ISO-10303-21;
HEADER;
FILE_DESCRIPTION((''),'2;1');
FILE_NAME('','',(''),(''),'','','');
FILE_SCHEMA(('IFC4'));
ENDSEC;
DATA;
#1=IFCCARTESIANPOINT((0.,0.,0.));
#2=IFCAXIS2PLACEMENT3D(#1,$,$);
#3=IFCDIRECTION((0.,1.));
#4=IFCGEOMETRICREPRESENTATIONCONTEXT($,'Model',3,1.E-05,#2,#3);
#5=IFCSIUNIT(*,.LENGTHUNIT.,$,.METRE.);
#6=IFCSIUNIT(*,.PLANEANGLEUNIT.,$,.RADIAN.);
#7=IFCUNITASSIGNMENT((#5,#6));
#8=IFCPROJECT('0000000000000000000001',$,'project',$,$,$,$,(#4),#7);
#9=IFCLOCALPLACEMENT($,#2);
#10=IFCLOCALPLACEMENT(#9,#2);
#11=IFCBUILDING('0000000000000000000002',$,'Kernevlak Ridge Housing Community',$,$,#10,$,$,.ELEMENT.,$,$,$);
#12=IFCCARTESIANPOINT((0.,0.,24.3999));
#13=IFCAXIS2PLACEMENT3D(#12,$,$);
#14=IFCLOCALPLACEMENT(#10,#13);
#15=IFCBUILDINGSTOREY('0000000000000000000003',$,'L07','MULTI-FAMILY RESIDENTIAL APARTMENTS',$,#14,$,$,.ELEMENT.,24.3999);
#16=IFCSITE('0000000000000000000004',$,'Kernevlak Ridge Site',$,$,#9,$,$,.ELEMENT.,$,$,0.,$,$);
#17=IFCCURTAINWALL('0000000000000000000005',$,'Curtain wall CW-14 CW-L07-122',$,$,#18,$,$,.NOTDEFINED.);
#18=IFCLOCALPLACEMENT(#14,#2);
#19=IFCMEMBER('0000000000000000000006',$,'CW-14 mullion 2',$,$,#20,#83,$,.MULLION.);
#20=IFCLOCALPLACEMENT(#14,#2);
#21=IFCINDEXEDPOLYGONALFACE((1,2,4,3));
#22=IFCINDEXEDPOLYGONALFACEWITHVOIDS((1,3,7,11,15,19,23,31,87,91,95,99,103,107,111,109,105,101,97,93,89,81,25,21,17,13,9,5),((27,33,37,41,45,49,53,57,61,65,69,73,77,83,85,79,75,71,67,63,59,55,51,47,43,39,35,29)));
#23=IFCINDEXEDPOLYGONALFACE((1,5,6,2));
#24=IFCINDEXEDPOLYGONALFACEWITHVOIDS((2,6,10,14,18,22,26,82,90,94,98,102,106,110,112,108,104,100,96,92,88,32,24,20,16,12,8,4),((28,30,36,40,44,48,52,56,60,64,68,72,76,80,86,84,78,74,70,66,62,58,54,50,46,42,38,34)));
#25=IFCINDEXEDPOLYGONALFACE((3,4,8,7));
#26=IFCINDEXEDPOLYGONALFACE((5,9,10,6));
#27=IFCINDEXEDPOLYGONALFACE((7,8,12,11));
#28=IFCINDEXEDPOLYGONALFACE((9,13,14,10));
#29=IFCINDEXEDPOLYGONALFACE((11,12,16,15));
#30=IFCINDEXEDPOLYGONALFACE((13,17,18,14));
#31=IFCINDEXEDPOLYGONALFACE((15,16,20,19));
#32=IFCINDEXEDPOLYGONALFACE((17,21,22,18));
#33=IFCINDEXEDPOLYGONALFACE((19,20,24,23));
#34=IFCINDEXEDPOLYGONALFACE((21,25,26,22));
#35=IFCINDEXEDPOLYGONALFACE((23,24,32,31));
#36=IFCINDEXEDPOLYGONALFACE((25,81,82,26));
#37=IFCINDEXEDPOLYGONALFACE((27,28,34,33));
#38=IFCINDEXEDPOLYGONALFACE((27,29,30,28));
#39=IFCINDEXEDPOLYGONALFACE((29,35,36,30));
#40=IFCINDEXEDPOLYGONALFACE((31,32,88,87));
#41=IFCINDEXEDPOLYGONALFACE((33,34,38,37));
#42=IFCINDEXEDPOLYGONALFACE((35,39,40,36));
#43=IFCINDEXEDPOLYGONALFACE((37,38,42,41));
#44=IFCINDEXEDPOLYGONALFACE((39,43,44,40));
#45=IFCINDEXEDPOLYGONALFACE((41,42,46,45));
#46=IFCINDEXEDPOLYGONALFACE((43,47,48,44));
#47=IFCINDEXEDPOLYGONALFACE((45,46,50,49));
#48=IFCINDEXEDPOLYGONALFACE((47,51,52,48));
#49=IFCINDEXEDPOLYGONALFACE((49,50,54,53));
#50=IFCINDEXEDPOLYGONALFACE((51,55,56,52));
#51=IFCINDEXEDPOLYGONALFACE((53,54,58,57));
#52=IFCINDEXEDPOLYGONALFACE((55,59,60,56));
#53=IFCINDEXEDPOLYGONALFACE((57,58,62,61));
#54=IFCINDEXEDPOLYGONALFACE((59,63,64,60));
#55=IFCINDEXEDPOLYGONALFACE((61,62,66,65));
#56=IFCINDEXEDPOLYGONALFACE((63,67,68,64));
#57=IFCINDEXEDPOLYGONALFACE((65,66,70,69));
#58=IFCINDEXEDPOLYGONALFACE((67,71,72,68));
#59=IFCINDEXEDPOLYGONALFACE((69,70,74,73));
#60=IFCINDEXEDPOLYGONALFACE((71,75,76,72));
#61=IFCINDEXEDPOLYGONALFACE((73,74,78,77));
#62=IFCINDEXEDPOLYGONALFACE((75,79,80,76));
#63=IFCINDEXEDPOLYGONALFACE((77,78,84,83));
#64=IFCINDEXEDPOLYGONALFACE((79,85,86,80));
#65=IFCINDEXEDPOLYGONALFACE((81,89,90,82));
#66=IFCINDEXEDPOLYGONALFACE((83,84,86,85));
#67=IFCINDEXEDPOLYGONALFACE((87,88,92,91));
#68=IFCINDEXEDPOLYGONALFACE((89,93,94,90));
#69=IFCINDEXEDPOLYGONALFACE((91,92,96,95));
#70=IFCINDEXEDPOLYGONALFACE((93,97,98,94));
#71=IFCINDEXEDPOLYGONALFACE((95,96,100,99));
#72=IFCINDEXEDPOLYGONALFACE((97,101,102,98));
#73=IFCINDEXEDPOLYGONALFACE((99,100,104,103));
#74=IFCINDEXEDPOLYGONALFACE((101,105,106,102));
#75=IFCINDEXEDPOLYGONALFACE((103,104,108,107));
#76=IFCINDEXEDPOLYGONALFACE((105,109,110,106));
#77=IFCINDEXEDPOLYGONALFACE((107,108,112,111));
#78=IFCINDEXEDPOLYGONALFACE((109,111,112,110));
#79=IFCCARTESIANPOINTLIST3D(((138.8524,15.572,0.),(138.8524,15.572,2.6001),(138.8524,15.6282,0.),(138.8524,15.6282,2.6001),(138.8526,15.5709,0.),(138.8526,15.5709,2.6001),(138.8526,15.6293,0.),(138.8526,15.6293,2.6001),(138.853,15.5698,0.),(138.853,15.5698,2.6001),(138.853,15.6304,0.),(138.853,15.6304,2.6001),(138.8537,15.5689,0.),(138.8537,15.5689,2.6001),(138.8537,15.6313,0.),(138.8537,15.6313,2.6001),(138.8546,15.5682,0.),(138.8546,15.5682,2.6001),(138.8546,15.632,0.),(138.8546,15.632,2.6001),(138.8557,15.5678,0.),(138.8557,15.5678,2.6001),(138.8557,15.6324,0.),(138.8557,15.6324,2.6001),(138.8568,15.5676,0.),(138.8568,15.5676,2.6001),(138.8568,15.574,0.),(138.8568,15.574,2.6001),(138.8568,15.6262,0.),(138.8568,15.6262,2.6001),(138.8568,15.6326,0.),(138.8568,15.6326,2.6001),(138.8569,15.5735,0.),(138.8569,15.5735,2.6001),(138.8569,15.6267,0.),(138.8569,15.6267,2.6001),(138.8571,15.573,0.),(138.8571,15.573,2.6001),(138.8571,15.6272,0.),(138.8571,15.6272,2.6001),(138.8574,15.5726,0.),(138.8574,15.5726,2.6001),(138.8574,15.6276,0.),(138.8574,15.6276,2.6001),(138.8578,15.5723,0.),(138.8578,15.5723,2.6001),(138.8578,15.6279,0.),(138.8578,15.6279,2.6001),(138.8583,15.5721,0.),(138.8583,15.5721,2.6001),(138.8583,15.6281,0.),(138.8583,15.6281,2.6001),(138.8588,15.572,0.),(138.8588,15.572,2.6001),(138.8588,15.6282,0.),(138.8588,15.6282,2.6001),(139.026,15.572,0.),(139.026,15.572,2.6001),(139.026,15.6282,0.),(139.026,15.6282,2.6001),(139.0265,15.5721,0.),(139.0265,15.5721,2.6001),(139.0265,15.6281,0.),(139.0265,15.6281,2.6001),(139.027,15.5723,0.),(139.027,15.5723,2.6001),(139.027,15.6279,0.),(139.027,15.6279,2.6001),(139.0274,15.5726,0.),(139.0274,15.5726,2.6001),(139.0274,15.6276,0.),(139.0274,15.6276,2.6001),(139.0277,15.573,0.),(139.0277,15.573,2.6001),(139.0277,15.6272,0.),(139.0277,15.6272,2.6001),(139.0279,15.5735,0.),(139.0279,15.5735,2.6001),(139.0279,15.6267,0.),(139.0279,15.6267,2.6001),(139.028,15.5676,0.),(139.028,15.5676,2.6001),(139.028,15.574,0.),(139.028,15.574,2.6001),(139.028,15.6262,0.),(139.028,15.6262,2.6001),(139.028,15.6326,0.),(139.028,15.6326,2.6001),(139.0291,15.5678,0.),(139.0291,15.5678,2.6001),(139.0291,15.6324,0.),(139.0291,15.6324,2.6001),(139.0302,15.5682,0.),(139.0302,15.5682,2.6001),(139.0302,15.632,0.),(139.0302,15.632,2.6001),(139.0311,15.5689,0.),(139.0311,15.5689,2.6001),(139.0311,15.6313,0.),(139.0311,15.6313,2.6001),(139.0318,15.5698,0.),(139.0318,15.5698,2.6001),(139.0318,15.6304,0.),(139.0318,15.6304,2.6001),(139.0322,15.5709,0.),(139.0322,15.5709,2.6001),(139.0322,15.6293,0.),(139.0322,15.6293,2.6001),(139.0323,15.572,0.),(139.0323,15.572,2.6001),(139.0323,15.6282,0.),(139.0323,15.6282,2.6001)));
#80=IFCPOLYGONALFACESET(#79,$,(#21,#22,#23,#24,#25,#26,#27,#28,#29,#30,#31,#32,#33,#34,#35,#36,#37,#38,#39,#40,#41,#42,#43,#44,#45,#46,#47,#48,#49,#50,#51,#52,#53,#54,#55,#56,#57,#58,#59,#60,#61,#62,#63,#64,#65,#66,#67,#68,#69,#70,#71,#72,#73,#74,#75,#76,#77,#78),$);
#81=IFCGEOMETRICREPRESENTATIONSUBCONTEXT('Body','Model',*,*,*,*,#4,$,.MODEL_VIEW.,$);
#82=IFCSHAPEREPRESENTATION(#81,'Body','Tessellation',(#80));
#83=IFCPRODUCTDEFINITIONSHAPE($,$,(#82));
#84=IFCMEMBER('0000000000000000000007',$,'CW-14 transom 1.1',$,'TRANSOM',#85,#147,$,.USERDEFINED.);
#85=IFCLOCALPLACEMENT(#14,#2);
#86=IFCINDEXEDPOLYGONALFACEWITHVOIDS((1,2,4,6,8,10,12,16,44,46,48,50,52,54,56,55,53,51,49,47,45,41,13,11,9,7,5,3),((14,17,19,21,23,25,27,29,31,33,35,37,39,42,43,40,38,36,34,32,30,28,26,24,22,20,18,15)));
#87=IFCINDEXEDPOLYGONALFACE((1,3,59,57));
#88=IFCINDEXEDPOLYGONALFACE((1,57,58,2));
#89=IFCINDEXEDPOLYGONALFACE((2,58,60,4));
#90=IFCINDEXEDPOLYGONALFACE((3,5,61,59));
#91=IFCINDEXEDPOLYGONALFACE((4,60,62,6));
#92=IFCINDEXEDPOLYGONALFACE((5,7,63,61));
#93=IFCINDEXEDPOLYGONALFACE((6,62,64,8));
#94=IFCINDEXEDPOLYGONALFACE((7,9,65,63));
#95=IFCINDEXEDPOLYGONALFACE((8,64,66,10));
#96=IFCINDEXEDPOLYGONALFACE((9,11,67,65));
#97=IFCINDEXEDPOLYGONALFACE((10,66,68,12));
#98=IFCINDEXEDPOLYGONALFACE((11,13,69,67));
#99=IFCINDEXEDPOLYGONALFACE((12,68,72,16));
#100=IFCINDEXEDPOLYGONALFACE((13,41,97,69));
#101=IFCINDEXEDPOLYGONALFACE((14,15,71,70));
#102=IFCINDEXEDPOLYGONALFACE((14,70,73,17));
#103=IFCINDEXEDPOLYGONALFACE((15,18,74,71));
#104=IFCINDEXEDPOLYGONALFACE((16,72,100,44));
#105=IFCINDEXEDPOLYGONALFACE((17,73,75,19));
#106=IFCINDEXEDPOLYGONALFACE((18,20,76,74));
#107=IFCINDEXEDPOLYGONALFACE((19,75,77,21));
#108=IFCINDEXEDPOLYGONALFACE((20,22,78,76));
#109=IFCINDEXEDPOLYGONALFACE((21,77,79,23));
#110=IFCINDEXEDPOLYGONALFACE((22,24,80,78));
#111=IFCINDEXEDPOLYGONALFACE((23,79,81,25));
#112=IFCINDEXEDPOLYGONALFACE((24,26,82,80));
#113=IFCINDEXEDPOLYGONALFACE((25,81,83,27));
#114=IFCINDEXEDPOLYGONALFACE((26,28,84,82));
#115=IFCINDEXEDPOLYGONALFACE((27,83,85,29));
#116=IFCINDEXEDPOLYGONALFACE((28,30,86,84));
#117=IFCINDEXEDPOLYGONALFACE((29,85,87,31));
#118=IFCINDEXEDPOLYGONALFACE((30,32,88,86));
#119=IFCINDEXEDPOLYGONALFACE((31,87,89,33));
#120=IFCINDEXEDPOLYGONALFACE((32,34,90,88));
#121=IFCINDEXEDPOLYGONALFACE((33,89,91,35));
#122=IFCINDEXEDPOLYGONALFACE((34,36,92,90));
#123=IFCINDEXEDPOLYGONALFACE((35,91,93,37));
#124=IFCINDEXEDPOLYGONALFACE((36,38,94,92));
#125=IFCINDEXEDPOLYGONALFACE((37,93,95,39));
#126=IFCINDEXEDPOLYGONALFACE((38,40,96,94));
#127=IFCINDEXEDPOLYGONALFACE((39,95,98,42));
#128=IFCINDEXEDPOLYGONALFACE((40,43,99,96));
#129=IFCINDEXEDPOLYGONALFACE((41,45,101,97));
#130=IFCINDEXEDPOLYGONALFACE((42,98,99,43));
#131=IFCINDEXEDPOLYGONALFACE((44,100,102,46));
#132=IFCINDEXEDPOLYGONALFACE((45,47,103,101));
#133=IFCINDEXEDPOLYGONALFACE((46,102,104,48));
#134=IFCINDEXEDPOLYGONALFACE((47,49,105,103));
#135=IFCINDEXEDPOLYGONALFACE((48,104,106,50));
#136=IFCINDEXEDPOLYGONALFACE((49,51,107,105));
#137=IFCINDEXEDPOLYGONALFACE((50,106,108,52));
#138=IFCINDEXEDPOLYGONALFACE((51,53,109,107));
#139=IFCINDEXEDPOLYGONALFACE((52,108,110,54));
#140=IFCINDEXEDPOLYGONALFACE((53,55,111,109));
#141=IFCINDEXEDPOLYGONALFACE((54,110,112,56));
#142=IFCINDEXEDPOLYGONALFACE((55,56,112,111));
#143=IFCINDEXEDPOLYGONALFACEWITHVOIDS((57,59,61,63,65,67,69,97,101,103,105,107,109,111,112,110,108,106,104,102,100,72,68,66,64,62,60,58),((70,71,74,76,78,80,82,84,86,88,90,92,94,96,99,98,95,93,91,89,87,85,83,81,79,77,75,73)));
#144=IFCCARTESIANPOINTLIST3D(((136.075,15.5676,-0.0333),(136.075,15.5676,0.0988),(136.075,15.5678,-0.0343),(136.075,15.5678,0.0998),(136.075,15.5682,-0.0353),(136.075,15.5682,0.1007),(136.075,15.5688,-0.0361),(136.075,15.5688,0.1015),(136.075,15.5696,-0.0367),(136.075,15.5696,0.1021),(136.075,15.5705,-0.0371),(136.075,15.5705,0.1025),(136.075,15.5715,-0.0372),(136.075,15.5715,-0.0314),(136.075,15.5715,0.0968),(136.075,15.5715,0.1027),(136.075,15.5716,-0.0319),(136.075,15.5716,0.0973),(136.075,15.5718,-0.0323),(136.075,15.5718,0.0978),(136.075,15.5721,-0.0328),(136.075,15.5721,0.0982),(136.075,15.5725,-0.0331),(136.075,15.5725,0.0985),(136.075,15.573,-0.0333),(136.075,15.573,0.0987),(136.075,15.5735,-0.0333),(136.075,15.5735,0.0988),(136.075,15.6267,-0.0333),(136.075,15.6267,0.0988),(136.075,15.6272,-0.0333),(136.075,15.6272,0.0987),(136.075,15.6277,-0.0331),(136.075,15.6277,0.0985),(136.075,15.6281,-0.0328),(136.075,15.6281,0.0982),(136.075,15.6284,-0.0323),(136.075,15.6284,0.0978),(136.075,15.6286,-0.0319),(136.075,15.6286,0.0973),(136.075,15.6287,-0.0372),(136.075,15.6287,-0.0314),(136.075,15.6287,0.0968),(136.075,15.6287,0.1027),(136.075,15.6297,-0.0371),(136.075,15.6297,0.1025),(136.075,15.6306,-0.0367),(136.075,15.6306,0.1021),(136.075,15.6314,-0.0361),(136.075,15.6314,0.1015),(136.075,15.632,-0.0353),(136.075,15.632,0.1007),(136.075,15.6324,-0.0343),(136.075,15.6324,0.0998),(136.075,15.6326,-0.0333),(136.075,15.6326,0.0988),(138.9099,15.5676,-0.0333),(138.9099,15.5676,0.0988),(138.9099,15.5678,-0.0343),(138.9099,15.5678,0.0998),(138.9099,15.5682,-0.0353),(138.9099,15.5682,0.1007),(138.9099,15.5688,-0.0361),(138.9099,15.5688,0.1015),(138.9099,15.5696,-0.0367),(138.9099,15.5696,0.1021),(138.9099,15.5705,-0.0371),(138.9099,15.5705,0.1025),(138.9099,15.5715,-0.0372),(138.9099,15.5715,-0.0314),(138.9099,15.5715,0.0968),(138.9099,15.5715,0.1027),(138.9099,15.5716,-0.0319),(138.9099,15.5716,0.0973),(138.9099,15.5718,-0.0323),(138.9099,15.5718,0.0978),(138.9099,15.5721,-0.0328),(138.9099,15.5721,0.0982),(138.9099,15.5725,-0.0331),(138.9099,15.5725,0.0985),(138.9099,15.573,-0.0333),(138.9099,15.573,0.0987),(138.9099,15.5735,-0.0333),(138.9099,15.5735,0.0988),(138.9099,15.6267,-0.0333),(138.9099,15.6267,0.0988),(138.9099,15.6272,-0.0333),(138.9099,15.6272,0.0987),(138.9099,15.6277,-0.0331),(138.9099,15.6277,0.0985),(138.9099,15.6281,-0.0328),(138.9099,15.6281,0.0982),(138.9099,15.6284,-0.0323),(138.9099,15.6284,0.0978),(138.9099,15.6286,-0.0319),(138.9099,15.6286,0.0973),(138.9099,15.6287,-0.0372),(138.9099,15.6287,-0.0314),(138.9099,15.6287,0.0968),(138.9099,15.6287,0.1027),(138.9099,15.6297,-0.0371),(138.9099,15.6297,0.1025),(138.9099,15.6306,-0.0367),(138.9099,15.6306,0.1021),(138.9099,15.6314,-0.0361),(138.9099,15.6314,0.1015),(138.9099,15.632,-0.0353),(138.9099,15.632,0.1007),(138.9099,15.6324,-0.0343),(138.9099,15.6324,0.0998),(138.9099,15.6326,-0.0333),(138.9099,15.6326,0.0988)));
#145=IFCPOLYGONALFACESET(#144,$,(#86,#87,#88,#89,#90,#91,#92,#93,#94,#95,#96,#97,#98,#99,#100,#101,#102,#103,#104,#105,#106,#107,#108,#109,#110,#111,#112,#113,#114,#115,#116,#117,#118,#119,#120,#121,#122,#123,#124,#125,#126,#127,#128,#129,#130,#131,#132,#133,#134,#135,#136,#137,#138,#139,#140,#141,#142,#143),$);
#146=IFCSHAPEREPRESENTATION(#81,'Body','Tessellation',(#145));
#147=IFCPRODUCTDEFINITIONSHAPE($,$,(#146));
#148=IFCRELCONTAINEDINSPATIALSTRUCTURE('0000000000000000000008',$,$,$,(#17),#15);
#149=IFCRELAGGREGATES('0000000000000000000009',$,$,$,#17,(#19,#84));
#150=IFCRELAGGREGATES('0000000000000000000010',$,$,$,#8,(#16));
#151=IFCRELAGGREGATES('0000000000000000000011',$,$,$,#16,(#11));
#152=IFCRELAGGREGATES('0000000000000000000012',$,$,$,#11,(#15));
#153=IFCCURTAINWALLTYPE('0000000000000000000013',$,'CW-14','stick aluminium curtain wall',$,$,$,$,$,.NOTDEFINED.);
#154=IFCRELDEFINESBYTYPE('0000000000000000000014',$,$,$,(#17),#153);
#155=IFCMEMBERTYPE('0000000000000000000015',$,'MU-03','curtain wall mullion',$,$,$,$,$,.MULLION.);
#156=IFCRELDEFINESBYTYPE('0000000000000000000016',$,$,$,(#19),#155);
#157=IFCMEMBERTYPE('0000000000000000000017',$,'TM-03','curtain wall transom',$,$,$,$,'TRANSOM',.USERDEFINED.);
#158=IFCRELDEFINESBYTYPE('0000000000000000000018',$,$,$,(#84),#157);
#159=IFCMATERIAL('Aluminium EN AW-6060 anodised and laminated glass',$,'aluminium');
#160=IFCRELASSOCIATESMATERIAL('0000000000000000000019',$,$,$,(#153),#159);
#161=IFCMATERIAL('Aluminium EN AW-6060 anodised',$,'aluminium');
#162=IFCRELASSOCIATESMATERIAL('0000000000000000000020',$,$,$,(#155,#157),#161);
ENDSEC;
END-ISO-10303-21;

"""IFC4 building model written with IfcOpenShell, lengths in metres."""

from ifc_helpers import new_model, si_unit, direction, frame, origin, origin_2d, place, context, subcontext, project, spatial, hollow_rectangle, extrude, material, material_profile, profile_set, type_object, element, aggregate, save


model = new_model("IFC4")

# Units and contexts
model_context = context("Model", 3, precision=1e-05, world=origin(), true_north=direction((0.0, 1.0)))
body_context = subcontext(model_context, "Body", "Model", "MODEL_VIEW")
ifc_project = project(units=[si_unit("LENGTHUNIT", "METRE"), si_unit("PLANEANGLEUNIT", "RADIAN")], contexts=[model_context])

# Site, building, storey
site_placement = place(None, origin())
site = spatial("IfcSite", under=ifc_project, at=site_placement, Name="Kernevlak Ridge Site", CompositionType="ELEMENT", RefElevation=0.0)
building_placement = place(site_placement, origin())
building = spatial("IfcBuilding", under=site, at=building_placement, Name="Kernevlak Ridge Housing Community", CompositionType="ELEMENT")
storey_placement = place(building_placement, frame((0.0, 0.0, 24.3999)))
storey = spatial("IfcBuildingStorey", under=building, at=storey_placement, Name="L07", Description="MULTI-FAMILY RESIDENTIAL APARTMENTS", CompositionType="ELEMENT", Elevation=24.3999)

# Shared definitions
ifc_material_1 = material(Name="Aluminium EN AW-6060 anodised and laminated glass", Category="aluminium")
ifc_material_2 = material(Name="Aluminium EN AW-6060 anodised", Category="aluminium")

# Curtain wall, members
curtain_wall_type_1 = type_object("IfcCurtainWallType", Name="CW-14", Description="stick aluminium curtain wall", PredefinedType="NOTDEFINED", material=ifc_material_1)
curtain_wall_1_placement = place(storey_placement, origin())
curtain_wall_1 = element("IfcCurtainWall", 1, at=curtain_wall_1_placement, inside=storey, type_object=curtain_wall_type_1, Name="Curtain wall CW-14 CW-L07-122", PredefinedType="NOTDEFINED")
ifc_material_profile_1 = material_profile(ifc_material_2, hollow_rectangle(XDim=0.0649, YDim=0.1799, WallThickness=0.0044, InnerFilletRadius=0.002, OuterFilletRadius=0.0044, at=origin_2d()), Name="ALU 65x180x4.5")
ifc_profile_set_1 = profile_set([ifc_material_profile_1], Name="Aluminium EN AW-6060 anodised")
member_type_1 = type_object("IfcMemberType", Name="MU-03", Description="curtain wall mullion", PredefinedType="MULLION", material=ifc_profile_set_1)
member_1_placement = place(storey_placement, frame((138.9424, 15.6001, 0.0), z_axis=(0.0, 0.0, 1.0), x_axis=(0.0, 1.0, 0.0)))
member_1 = element("IfcMember", 2, at=member_1_placement, type_object=member_type_1, Name="CW-14 mullion 2", PredefinedType="MULLION", context=body_context, shape_type="SweptSolid", body=[
    extrude(hollow_rectangle(XDim=0.0649, YDim=0.1799, WallThickness=0.0044, InnerFilletRadius=0.002, OuterFilletRadius=0.0044, at=origin_2d()), origin(), (0.0, 0.0, 1.0), 2.6001),
])
ifc_material_profile_2 = material_profile(ifc_material_2, hollow_rectangle(XDim=0.0649, YDim=0.1399, WallThickness=0.0039, InnerFilletRadius=0.002, OuterFilletRadius=0.0039, at=origin_2d()), Name="ALU 65x140x4")
ifc_profile_set_2 = profile_set([ifc_material_profile_2], Name="Aluminium EN AW-6060 anodised")
member_type_2 = type_object("IfcMemberType", Name="TM-03", Description="curtain wall transom", ElementType="TRANSOM", PredefinedType="USERDEFINED", material=ifc_profile_set_2)
member_2_placement = place(storey_placement, frame((136.075, 15.6001, 0.0327), z_axis=(1.0, 0.0, 0.0), x_axis=(0.0, 1.0, 0.0)))
member_2 = element("IfcMember", 3, at=member_2_placement, type_object=member_type_2, Name="CW-14 transom 1.1", ObjectType="TRANSOM", PredefinedType="USERDEFINED", context=body_context, shape_type="SweptSolid", body=[
    extrude(hollow_rectangle(XDim=0.0649, YDim=0.1399, WallThickness=0.0039, InnerFilletRadius=0.002, OuterFilletRadius=0.0039, at=origin_2d()), origin(), (0.0, 0.0, 1.0), 2.835),
])

aggregate(curtain_wall_1, [member_1, member_2])

save(model, "model.ifc")
